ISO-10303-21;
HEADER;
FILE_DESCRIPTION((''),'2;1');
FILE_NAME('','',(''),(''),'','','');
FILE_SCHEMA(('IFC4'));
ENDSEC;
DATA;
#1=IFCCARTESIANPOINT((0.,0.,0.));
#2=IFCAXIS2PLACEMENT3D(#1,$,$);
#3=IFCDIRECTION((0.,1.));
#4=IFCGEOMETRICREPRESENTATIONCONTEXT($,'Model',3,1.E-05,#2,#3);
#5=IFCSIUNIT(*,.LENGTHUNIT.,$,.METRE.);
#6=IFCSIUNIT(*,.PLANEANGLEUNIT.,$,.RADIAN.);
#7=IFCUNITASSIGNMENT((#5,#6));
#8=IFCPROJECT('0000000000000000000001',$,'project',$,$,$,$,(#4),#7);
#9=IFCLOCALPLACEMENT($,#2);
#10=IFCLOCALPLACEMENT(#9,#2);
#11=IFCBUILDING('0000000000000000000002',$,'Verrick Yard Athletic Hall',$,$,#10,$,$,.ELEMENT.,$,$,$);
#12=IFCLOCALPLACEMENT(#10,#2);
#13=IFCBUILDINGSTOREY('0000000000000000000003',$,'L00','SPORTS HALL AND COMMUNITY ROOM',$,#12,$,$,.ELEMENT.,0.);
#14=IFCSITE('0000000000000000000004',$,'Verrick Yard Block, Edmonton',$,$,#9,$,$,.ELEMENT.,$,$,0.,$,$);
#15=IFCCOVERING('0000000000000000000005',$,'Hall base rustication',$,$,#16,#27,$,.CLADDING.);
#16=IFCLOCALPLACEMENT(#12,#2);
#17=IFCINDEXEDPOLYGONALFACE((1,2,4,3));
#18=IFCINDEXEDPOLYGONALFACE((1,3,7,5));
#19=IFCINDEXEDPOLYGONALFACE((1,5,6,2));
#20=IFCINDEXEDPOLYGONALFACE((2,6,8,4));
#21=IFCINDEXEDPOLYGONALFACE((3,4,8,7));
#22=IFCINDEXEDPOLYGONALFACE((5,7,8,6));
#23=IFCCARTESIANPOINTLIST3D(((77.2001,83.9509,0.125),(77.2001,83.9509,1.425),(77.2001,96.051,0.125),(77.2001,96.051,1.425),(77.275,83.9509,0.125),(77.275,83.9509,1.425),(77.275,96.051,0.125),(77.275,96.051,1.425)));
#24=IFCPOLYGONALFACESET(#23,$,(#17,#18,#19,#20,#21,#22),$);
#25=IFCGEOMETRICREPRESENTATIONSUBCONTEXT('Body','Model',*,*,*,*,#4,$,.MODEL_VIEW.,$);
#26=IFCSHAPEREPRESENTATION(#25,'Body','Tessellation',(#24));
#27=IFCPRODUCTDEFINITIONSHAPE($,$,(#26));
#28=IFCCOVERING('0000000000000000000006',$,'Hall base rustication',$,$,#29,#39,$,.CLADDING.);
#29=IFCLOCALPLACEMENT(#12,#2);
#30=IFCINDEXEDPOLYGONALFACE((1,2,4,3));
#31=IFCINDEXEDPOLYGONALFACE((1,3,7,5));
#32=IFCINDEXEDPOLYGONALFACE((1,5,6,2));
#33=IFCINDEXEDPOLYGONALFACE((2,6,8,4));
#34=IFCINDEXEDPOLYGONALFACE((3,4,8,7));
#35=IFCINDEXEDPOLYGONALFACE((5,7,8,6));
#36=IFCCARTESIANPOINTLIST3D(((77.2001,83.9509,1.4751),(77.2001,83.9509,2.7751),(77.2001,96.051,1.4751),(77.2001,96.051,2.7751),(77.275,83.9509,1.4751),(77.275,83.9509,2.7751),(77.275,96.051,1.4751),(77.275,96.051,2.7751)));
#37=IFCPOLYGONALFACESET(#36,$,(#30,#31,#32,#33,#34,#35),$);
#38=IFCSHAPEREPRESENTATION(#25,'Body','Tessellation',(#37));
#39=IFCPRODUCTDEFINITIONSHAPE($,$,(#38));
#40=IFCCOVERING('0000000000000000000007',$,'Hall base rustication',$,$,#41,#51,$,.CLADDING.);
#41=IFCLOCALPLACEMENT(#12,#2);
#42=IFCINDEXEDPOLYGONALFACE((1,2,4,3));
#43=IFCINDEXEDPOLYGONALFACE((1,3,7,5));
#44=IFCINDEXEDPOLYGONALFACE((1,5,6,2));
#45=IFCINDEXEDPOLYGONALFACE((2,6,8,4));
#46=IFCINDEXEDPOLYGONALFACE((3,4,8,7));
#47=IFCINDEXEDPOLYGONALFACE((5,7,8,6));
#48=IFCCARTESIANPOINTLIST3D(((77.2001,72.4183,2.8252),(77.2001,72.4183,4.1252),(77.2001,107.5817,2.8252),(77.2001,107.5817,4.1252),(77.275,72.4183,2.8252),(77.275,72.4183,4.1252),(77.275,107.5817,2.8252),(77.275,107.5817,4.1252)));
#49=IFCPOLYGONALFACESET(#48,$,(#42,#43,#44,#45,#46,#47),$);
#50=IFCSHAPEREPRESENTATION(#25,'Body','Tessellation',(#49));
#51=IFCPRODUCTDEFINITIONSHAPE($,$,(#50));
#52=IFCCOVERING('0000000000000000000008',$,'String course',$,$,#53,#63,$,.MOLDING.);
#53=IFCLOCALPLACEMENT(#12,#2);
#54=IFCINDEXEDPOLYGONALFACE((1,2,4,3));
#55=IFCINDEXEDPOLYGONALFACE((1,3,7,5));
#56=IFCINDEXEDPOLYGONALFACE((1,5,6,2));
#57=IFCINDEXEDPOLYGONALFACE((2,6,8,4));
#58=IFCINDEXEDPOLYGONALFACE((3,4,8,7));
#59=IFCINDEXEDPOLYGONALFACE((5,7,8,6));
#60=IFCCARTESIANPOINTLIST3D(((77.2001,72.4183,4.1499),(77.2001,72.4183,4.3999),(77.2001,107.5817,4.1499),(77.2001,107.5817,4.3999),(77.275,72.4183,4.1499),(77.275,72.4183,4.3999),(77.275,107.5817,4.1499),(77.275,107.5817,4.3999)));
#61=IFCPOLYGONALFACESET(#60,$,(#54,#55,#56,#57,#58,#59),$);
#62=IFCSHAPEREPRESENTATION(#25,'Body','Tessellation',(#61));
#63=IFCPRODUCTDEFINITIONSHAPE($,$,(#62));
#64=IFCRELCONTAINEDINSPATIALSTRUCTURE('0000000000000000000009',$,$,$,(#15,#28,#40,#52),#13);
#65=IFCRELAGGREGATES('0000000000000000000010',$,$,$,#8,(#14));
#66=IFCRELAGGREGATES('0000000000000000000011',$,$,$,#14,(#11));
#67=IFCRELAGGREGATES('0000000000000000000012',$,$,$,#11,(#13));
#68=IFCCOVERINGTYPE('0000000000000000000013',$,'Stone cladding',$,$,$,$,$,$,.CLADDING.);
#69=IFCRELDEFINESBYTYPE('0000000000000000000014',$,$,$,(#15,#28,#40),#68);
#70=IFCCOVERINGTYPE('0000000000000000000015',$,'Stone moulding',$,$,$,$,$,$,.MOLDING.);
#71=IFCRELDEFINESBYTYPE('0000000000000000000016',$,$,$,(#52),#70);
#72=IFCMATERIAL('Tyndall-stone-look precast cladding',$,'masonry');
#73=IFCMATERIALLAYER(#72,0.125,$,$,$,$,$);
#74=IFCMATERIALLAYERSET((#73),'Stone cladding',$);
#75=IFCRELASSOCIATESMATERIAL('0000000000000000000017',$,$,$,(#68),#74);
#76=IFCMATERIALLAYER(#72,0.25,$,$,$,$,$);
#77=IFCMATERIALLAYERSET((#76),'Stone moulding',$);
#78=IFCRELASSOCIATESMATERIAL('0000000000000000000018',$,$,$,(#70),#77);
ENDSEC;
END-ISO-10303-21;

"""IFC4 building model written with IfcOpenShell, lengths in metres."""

from ifc_helpers import new_model, si_unit, direction, frame, origin, origin_2d, place, context, subcontext, project, spatial, rectangle, extrude, material, layer, layer_set, type_object, element, save


model = new_model("IFC4")

# Units and contexts
model_context = context("Model", 3, precision=1e-05, world=origin(), true_north=direction((0.0, 1.0)))
body_context = subcontext(model_context, "Body", "Model", "MODEL_VIEW")
ifc_project = project(units=[si_unit("LENGTHUNIT", "METRE"), si_unit("PLANEANGLEUNIT", "RADIAN")], contexts=[model_context])

# Site, building, storey
site_placement = place(None, origin())
site = spatial("IfcSite", under=ifc_project, at=site_placement, Name="Verrick Yard Block, Edmonton", CompositionType="ELEMENT", RefElevation=0.0)
building_placement = place(site_placement, origin())
building = spatial("IfcBuilding", under=site, at=building_placement, Name="Verrick Yard Athletic Hall", CompositionType="ELEMENT")
storey_placement = place(building_placement, origin())
storey = spatial("IfcBuildingStorey", under=building, at=storey_placement, Name="L00", Description="SPORTS HALL AND COMMUNITY ROOM", CompositionType="ELEMENT", Elevation=0.0)

# Coverings
ifc_material_1 = material(Name="Tyndall-stone-look precast cladding", Category="masonry")
ifc_layer_1 = layer(ifc_material_1, 0.125)
ifc_layer_set_1 = layer_set([ifc_layer_1], Name="Stone cladding")
covering_type_1 = type_object("IfcCoveringType", Name="Stone cladding", PredefinedType="CLADDING", material=ifc_layer_set_1)
for number, where, z_axis, x_axis, name in (
    (1, (77.2375, 90.001, 0.125), (0.0, 0.0, 1.0), (0.0, 1.0, 0.0), "Hall base rustication"),
    (2, (77.2375, 90.001, 1.4751), (0.0, 0.0, 1.0), (0.0, 1.0, 0.0), "Hall base rustication"),
):
    element("IfcCovering", number, at=place(storey_placement, frame(where, z_axis=z_axis, x_axis=x_axis)), inside=storey, type_object=covering_type_1, Name=name, PredefinedType="CLADDING", context=body_context, shape_type="SweptSolid", body=[
        extrude(rectangle(XDim=12.1001, YDim=0.075, at=origin_2d()), origin(), (0.0, 0.0, 1.0), 1.3),
    ])
covering_1_placement = place(storey_placement, frame((77.2375, 90.0, 2.8252), z_axis=(0.0, 0.0, 1.0), x_axis=(0.0, 1.0, 0.0)))
element("IfcCovering", 3, at=covering_1_placement, inside=storey, type_object=covering_type_1, Name="Hall base rustication", PredefinedType="CLADDING", context=body_context, shape_type="SweptSolid", body=[
    extrude(rectangle(XDim=35.1633, YDim=0.075, at=origin_2d()), origin(), (0.0, 0.0, 1.0), 1.3),
])
ifc_layer_2 = layer(ifc_material_1, 0.25)
ifc_layer_set_2 = layer_set([ifc_layer_2], Name="Stone moulding")
covering_type_2 = type_object("IfcCoveringType", Name="Stone moulding", PredefinedType="MOLDING", material=ifc_layer_set_2)
covering_2_placement = place(storey_placement, frame((77.2375, 90.0, 4.1499), z_axis=(0.0, 0.0, 1.0), x_axis=(0.0, 1.0, 0.0)))
element("IfcCovering", 4, at=covering_2_placement, inside=storey, type_object=covering_type_2, Name="String course", PredefinedType="MOLDING", context=body_context, shape_type="SweptSolid", body=[
    extrude(rectangle(XDim=35.1633, YDim=0.075, at=origin_2d()), origin(), (0.0, 0.0, 1.0), 0.25),
])

save(model, "model.ifc")
